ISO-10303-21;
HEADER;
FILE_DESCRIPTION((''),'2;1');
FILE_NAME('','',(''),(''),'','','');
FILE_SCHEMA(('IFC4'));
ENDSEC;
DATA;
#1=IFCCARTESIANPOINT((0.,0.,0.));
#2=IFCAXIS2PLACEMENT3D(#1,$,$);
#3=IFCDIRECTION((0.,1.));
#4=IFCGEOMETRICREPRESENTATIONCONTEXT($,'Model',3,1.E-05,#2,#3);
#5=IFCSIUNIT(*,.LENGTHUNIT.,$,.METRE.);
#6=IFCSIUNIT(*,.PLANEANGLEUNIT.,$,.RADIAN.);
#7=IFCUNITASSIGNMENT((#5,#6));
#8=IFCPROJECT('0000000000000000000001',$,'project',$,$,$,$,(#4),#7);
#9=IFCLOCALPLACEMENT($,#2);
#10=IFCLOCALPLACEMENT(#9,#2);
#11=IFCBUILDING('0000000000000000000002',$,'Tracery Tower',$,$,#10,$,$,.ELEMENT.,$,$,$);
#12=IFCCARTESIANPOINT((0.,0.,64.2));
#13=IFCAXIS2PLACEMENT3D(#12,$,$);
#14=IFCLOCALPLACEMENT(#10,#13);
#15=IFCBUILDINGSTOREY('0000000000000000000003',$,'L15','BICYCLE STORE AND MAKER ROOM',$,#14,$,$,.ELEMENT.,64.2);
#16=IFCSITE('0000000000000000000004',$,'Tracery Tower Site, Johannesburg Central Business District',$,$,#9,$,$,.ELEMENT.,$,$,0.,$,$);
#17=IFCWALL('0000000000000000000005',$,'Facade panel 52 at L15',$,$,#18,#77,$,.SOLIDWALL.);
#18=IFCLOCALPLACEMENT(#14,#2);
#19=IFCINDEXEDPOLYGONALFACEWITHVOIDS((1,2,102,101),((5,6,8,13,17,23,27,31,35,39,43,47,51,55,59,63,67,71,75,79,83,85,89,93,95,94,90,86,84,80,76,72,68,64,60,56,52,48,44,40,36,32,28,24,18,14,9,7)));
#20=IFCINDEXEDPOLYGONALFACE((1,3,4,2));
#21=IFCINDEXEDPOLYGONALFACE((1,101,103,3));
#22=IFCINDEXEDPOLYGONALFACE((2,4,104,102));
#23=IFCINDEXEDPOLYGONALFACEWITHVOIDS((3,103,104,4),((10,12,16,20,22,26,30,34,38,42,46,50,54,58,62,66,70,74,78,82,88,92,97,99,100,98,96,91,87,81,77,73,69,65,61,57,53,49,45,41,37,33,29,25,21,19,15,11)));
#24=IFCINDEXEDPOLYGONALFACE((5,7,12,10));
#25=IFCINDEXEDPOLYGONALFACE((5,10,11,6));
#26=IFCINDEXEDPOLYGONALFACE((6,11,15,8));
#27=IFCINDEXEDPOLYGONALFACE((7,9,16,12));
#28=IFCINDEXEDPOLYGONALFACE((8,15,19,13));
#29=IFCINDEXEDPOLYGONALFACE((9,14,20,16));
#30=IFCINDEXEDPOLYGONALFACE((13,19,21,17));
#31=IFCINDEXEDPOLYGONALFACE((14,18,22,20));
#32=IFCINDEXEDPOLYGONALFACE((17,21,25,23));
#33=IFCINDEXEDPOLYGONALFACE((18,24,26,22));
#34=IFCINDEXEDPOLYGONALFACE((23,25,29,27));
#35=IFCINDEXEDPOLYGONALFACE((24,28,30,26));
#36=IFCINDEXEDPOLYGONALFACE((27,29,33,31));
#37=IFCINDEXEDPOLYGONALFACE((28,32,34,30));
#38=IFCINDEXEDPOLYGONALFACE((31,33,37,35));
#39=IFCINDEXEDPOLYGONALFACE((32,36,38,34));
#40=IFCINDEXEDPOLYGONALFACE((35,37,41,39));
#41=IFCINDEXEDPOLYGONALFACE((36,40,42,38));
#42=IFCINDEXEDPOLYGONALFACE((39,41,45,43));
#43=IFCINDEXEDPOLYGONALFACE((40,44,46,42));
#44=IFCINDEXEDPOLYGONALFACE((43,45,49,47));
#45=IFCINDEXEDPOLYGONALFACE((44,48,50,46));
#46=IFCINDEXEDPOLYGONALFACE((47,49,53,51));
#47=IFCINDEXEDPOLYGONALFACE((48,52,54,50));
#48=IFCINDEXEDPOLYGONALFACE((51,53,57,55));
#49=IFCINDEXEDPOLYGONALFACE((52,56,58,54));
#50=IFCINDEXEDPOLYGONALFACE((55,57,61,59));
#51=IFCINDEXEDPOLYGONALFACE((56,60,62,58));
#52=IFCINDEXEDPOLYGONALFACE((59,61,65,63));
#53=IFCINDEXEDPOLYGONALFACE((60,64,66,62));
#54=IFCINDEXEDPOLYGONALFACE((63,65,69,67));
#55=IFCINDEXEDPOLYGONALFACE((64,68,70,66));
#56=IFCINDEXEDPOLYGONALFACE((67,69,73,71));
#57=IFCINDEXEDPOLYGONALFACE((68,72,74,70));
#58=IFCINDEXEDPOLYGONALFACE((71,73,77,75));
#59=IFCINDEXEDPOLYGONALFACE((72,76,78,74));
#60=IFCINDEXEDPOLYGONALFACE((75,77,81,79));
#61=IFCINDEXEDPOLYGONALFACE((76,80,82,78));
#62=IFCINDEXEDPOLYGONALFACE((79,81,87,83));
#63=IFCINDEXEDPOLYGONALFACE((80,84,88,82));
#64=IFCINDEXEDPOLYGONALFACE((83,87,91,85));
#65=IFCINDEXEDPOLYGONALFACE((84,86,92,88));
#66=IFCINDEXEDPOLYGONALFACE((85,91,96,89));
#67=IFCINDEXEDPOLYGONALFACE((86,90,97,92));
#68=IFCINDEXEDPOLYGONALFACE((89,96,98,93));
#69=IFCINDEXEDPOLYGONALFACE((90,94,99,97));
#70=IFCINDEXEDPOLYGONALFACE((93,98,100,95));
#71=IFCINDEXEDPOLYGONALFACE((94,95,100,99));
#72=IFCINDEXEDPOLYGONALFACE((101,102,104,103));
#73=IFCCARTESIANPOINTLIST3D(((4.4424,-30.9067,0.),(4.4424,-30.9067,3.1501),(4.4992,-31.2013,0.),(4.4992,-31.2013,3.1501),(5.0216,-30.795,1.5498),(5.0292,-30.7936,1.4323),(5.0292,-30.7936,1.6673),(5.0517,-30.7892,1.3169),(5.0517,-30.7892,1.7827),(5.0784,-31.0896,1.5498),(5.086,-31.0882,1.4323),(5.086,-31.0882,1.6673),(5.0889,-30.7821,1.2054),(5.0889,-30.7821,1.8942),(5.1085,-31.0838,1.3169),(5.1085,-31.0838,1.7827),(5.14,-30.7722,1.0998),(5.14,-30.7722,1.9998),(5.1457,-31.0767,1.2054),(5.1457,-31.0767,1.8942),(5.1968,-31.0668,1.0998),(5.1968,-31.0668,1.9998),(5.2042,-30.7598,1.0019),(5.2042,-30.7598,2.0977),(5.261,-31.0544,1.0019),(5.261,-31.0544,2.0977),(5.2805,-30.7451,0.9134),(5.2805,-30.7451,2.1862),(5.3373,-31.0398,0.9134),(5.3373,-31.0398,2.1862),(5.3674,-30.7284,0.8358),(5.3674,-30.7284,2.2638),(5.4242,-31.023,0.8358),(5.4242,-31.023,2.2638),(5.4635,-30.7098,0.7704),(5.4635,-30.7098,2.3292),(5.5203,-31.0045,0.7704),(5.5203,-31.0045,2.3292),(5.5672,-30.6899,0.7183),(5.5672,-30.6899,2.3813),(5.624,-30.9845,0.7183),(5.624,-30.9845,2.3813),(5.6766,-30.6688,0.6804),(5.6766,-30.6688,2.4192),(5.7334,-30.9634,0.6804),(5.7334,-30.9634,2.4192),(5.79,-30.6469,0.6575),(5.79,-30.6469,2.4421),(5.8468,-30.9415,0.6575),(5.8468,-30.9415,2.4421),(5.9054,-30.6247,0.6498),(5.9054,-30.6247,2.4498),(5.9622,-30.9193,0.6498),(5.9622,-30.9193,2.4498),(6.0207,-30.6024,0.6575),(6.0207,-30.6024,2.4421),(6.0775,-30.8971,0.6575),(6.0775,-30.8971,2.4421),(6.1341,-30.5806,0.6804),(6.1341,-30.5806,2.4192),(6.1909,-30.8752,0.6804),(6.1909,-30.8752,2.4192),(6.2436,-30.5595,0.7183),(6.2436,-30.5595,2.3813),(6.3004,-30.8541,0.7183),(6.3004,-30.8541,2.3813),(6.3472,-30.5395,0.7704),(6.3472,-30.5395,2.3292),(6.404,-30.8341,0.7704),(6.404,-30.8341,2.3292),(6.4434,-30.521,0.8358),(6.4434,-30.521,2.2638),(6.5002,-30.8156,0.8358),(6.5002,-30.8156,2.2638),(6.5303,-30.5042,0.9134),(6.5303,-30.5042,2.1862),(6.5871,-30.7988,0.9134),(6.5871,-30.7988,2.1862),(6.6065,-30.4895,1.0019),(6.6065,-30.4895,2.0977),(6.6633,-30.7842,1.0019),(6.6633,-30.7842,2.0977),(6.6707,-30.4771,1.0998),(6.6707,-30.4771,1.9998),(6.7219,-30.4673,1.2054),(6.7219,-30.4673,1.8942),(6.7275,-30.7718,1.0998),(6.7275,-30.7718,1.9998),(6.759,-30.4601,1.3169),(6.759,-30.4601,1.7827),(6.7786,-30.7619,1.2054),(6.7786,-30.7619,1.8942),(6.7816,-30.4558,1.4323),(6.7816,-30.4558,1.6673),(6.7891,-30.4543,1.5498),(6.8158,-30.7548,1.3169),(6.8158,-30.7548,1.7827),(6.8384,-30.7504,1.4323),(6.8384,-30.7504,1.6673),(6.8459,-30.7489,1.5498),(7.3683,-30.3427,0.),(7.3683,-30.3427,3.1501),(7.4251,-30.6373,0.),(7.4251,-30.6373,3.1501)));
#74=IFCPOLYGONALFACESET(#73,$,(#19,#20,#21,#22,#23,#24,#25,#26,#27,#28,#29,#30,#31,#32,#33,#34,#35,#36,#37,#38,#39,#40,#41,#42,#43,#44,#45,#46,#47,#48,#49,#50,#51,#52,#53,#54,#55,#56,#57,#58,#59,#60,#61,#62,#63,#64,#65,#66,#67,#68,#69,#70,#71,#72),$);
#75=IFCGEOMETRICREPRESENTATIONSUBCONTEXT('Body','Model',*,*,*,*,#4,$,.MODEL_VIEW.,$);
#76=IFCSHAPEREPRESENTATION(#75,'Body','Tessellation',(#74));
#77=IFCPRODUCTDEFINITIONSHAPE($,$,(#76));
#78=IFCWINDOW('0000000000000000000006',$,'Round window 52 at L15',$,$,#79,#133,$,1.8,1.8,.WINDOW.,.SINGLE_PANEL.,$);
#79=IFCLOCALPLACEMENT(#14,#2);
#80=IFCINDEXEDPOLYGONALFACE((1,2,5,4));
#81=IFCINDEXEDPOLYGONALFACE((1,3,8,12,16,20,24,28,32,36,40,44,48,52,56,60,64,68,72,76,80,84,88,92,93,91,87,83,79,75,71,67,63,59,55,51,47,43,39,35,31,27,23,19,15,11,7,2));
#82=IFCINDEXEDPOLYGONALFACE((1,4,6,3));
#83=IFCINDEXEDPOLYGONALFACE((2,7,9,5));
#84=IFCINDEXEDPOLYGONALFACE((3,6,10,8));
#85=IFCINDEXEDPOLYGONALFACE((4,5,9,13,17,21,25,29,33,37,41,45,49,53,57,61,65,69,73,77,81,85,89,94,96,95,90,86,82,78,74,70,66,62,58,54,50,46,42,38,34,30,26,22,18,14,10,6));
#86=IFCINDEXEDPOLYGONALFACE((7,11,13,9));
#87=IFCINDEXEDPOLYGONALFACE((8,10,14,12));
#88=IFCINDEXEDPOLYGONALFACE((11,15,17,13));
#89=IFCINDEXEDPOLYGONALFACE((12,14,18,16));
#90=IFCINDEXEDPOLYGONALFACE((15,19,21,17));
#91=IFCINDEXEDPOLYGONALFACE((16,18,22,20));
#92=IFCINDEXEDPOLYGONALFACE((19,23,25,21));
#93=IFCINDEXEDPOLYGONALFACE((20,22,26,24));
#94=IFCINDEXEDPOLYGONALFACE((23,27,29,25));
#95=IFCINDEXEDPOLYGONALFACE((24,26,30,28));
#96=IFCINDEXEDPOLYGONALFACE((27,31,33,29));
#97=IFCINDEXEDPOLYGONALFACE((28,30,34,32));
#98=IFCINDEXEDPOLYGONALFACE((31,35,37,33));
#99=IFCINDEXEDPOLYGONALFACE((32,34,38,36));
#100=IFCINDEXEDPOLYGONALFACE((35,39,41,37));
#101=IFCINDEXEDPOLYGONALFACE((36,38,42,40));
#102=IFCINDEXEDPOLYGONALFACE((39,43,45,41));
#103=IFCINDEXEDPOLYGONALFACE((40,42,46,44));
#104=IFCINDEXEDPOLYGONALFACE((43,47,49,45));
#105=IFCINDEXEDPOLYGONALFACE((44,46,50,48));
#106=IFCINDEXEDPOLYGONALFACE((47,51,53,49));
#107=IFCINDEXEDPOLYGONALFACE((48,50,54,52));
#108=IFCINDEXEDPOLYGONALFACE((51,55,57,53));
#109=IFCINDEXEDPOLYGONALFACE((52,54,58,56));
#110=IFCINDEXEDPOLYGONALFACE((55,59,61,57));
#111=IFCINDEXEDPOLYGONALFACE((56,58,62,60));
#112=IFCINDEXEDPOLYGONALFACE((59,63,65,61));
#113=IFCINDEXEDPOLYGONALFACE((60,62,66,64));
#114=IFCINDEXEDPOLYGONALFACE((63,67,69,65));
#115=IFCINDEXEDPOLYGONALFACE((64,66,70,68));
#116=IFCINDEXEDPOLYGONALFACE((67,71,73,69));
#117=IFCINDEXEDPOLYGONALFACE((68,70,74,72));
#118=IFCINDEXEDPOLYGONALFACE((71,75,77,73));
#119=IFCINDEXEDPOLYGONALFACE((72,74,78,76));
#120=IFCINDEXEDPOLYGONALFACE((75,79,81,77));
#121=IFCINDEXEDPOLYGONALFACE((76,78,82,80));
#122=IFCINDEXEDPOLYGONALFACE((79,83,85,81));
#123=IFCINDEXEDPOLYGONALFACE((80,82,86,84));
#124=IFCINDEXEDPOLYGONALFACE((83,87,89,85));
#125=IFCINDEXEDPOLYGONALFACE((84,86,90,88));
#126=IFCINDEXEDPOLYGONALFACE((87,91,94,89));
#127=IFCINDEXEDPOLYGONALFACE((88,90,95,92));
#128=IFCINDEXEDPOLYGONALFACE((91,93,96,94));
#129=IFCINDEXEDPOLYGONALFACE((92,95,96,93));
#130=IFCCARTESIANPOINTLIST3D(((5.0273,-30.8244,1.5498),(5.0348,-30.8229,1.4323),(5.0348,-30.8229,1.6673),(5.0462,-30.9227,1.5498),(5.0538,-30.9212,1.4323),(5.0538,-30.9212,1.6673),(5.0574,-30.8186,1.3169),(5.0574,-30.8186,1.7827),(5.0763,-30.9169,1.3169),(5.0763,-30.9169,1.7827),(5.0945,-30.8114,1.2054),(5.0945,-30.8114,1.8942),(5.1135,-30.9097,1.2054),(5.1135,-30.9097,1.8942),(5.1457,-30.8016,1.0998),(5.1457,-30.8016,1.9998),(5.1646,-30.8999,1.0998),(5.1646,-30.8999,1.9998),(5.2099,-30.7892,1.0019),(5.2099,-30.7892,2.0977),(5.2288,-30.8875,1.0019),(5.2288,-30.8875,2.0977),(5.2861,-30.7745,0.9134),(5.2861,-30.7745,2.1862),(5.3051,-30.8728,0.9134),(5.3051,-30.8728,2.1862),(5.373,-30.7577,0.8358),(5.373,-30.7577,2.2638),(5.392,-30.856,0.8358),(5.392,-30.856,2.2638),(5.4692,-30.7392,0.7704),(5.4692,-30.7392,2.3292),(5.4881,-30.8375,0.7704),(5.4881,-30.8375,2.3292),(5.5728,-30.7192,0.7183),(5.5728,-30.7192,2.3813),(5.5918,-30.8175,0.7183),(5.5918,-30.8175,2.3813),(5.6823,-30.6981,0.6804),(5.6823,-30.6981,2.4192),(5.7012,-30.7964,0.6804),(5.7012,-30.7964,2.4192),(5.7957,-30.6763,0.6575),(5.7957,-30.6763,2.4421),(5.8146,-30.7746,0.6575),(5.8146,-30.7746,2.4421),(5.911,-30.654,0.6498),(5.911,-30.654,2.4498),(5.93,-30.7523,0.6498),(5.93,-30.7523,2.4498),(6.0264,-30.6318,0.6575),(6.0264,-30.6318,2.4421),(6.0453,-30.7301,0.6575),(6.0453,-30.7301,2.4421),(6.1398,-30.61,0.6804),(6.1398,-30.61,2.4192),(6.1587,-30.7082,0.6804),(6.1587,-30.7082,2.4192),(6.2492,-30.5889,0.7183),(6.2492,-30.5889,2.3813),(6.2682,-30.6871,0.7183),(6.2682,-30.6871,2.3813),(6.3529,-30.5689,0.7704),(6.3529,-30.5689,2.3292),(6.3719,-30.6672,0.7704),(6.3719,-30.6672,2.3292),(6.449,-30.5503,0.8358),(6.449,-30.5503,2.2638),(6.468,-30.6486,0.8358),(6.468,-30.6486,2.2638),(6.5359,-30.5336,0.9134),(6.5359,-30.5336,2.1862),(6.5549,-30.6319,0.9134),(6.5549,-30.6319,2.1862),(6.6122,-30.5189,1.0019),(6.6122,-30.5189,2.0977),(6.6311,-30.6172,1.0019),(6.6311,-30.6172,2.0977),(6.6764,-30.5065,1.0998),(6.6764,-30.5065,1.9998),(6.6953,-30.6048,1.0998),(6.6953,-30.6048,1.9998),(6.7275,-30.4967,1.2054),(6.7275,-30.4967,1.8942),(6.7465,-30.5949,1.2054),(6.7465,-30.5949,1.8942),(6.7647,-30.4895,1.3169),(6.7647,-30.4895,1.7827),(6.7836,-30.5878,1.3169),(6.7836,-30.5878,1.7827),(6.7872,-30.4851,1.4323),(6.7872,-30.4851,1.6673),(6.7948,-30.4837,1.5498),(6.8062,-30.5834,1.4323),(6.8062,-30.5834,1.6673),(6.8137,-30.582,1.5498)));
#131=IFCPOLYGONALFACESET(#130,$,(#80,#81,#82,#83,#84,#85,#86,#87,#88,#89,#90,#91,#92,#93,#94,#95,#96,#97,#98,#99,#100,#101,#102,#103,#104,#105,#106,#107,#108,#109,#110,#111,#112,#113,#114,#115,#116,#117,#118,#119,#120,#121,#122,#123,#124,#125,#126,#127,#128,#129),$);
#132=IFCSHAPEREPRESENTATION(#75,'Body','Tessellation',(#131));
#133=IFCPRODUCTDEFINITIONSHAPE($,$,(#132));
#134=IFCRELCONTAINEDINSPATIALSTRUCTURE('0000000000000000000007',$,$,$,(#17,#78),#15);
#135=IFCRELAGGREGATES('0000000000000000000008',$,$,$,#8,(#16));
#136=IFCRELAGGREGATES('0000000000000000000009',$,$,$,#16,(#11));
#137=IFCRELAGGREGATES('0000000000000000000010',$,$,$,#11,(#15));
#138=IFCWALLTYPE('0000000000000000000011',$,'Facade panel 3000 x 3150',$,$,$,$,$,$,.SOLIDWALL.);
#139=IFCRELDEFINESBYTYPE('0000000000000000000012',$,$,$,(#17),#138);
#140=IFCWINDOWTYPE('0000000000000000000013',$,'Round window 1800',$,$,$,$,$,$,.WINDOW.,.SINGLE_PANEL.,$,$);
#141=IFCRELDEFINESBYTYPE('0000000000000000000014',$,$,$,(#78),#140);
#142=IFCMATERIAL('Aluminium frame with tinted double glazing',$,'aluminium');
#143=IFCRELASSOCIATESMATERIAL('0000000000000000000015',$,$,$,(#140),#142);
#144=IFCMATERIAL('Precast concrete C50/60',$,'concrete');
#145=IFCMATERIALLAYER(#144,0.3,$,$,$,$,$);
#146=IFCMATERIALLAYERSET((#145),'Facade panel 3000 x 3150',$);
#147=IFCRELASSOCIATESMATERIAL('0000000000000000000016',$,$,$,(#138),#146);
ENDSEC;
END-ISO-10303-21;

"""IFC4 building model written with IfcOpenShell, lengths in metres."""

from ifc_helpers import new_model, si_unit, direction, frame, frame_2d, origin, origin_2d, place, context, subcontext, project, spatial, rectangle, circle, extrude, material, layer, layer_set, type_object, element, fill, save


model = new_model("IFC4")

# Units and contexts
model_context = context("Model", 3, precision=1e-05, world=origin(), true_north=direction((0.0, 1.0)))
body_context = subcontext(model_context, "Body", "Model", "MODEL_VIEW")
ifc_project = project(units=[si_unit("LENGTHUNIT", "METRE"), si_unit("PLANEANGLEUNIT", "RADIAN")], contexts=[model_context])

# Site, building, storey
site_placement = place(None, origin())
site = spatial("IfcSite", under=ifc_project, at=site_placement, Name="Tracery Tower Site, Johannesburg Central Business District", CompositionType="ELEMENT", RefElevation=0.0)
building_placement = place(site_placement, origin())
building = spatial("IfcBuilding", under=site, at=building_placement, Name="Tracery Tower", CompositionType="ELEMENT")
storey_placement = place(building_placement, frame((0.0, 0.0, 64.2)))
storey = spatial("IfcBuildingStorey", under=building, at=storey_placement, Name="L15", Description="BICYCLE STORE AND MAKER ROOM", CompositionType="ELEMENT", Elevation=64.2)

# Wall, opening, window
ifc_material_1 = material(Name="Aluminium frame with tinted double glazing", Category="aluminium")
window_type = type_object("IfcWindowType", Name="Round window 1800", PartitioningType="SINGLE_PANEL", PredefinedType="WINDOW", material=ifc_material_1)
ifc_material_2 = material(Name="Precast concrete C50/60", Category="concrete")
ifc_layer_1 = layer(ifc_material_2, 0.3)
ifc_layer_set_1 = layer_set([ifc_layer_1], Name="Facade panel 3000 x 3150")
wall_type_1 = type_object("IfcWallType", Name="Facade panel 3000 x 3150", PredefinedType="SOLIDWALL", material=ifc_layer_set_1)
wall_1_placement = place(storey_placement, frame((4.4709, -31.054, 0.0), z_axis=(0.0, 0.0, 1.0), x_axis=(0.981925, 0.189273, 0.0)))
wall_1 = element("IfcWall", 1, at=wall_1_placement, inside=storey, type_object=wall_type_1, Name="Facade panel 52 at L15", PredefinedType="SOLIDWALL", context=body_context, shape_type="SweptSolid", body=[
    extrude(rectangle(XDim=2.9797, YDim=0.3, at=frame_2d((1.4897, 0.0))), origin(), (0.0, 0.0, 1.0), 3.1501),
])
opening_1_placement = place(wall_1_placement, frame((1.4897, 0.0, 1.5498)))
opening_1 = element("IfcOpeningElement", 2, at=opening_1_placement, cuts=wall_1, PredefinedType="OPENING", context=body_context, shape_type="SweptSolid", body=[
    extrude(circle(Radius=0.9, at=origin_2d()), frame((0.0, 0.1599, 0.0), z_axis=(0.0, -1.0, 0.0), x_axis=(1.0, 0.0, 0.0)), (0.0, 0.0, 1.0), 0.3201),
])
window_1_placement = place(opening_1_placement, origin())
window_1 = element("IfcWindow", 3, at=window_1_placement, inside=storey, type_object=window_type, Name="Round window 52 at L15", OverallHeight=1.8, OverallWidth=1.8, PartitioningType="SINGLE_PANEL", PredefinedType="WINDOW", context=body_context, shape_type="SweptSolid", body=[
    extrude(circle(Radius=0.9, at=origin_2d()), frame((0.0, 0.1201, 0.0), z_axis=(0.0, -1.0, 0.0), x_axis=(1.0, 0.0, 0.0)), (0.0, 0.0, 1.0), 0.1001),
])
fill(opening_1, window_1)

save(model, "model.ifc")
